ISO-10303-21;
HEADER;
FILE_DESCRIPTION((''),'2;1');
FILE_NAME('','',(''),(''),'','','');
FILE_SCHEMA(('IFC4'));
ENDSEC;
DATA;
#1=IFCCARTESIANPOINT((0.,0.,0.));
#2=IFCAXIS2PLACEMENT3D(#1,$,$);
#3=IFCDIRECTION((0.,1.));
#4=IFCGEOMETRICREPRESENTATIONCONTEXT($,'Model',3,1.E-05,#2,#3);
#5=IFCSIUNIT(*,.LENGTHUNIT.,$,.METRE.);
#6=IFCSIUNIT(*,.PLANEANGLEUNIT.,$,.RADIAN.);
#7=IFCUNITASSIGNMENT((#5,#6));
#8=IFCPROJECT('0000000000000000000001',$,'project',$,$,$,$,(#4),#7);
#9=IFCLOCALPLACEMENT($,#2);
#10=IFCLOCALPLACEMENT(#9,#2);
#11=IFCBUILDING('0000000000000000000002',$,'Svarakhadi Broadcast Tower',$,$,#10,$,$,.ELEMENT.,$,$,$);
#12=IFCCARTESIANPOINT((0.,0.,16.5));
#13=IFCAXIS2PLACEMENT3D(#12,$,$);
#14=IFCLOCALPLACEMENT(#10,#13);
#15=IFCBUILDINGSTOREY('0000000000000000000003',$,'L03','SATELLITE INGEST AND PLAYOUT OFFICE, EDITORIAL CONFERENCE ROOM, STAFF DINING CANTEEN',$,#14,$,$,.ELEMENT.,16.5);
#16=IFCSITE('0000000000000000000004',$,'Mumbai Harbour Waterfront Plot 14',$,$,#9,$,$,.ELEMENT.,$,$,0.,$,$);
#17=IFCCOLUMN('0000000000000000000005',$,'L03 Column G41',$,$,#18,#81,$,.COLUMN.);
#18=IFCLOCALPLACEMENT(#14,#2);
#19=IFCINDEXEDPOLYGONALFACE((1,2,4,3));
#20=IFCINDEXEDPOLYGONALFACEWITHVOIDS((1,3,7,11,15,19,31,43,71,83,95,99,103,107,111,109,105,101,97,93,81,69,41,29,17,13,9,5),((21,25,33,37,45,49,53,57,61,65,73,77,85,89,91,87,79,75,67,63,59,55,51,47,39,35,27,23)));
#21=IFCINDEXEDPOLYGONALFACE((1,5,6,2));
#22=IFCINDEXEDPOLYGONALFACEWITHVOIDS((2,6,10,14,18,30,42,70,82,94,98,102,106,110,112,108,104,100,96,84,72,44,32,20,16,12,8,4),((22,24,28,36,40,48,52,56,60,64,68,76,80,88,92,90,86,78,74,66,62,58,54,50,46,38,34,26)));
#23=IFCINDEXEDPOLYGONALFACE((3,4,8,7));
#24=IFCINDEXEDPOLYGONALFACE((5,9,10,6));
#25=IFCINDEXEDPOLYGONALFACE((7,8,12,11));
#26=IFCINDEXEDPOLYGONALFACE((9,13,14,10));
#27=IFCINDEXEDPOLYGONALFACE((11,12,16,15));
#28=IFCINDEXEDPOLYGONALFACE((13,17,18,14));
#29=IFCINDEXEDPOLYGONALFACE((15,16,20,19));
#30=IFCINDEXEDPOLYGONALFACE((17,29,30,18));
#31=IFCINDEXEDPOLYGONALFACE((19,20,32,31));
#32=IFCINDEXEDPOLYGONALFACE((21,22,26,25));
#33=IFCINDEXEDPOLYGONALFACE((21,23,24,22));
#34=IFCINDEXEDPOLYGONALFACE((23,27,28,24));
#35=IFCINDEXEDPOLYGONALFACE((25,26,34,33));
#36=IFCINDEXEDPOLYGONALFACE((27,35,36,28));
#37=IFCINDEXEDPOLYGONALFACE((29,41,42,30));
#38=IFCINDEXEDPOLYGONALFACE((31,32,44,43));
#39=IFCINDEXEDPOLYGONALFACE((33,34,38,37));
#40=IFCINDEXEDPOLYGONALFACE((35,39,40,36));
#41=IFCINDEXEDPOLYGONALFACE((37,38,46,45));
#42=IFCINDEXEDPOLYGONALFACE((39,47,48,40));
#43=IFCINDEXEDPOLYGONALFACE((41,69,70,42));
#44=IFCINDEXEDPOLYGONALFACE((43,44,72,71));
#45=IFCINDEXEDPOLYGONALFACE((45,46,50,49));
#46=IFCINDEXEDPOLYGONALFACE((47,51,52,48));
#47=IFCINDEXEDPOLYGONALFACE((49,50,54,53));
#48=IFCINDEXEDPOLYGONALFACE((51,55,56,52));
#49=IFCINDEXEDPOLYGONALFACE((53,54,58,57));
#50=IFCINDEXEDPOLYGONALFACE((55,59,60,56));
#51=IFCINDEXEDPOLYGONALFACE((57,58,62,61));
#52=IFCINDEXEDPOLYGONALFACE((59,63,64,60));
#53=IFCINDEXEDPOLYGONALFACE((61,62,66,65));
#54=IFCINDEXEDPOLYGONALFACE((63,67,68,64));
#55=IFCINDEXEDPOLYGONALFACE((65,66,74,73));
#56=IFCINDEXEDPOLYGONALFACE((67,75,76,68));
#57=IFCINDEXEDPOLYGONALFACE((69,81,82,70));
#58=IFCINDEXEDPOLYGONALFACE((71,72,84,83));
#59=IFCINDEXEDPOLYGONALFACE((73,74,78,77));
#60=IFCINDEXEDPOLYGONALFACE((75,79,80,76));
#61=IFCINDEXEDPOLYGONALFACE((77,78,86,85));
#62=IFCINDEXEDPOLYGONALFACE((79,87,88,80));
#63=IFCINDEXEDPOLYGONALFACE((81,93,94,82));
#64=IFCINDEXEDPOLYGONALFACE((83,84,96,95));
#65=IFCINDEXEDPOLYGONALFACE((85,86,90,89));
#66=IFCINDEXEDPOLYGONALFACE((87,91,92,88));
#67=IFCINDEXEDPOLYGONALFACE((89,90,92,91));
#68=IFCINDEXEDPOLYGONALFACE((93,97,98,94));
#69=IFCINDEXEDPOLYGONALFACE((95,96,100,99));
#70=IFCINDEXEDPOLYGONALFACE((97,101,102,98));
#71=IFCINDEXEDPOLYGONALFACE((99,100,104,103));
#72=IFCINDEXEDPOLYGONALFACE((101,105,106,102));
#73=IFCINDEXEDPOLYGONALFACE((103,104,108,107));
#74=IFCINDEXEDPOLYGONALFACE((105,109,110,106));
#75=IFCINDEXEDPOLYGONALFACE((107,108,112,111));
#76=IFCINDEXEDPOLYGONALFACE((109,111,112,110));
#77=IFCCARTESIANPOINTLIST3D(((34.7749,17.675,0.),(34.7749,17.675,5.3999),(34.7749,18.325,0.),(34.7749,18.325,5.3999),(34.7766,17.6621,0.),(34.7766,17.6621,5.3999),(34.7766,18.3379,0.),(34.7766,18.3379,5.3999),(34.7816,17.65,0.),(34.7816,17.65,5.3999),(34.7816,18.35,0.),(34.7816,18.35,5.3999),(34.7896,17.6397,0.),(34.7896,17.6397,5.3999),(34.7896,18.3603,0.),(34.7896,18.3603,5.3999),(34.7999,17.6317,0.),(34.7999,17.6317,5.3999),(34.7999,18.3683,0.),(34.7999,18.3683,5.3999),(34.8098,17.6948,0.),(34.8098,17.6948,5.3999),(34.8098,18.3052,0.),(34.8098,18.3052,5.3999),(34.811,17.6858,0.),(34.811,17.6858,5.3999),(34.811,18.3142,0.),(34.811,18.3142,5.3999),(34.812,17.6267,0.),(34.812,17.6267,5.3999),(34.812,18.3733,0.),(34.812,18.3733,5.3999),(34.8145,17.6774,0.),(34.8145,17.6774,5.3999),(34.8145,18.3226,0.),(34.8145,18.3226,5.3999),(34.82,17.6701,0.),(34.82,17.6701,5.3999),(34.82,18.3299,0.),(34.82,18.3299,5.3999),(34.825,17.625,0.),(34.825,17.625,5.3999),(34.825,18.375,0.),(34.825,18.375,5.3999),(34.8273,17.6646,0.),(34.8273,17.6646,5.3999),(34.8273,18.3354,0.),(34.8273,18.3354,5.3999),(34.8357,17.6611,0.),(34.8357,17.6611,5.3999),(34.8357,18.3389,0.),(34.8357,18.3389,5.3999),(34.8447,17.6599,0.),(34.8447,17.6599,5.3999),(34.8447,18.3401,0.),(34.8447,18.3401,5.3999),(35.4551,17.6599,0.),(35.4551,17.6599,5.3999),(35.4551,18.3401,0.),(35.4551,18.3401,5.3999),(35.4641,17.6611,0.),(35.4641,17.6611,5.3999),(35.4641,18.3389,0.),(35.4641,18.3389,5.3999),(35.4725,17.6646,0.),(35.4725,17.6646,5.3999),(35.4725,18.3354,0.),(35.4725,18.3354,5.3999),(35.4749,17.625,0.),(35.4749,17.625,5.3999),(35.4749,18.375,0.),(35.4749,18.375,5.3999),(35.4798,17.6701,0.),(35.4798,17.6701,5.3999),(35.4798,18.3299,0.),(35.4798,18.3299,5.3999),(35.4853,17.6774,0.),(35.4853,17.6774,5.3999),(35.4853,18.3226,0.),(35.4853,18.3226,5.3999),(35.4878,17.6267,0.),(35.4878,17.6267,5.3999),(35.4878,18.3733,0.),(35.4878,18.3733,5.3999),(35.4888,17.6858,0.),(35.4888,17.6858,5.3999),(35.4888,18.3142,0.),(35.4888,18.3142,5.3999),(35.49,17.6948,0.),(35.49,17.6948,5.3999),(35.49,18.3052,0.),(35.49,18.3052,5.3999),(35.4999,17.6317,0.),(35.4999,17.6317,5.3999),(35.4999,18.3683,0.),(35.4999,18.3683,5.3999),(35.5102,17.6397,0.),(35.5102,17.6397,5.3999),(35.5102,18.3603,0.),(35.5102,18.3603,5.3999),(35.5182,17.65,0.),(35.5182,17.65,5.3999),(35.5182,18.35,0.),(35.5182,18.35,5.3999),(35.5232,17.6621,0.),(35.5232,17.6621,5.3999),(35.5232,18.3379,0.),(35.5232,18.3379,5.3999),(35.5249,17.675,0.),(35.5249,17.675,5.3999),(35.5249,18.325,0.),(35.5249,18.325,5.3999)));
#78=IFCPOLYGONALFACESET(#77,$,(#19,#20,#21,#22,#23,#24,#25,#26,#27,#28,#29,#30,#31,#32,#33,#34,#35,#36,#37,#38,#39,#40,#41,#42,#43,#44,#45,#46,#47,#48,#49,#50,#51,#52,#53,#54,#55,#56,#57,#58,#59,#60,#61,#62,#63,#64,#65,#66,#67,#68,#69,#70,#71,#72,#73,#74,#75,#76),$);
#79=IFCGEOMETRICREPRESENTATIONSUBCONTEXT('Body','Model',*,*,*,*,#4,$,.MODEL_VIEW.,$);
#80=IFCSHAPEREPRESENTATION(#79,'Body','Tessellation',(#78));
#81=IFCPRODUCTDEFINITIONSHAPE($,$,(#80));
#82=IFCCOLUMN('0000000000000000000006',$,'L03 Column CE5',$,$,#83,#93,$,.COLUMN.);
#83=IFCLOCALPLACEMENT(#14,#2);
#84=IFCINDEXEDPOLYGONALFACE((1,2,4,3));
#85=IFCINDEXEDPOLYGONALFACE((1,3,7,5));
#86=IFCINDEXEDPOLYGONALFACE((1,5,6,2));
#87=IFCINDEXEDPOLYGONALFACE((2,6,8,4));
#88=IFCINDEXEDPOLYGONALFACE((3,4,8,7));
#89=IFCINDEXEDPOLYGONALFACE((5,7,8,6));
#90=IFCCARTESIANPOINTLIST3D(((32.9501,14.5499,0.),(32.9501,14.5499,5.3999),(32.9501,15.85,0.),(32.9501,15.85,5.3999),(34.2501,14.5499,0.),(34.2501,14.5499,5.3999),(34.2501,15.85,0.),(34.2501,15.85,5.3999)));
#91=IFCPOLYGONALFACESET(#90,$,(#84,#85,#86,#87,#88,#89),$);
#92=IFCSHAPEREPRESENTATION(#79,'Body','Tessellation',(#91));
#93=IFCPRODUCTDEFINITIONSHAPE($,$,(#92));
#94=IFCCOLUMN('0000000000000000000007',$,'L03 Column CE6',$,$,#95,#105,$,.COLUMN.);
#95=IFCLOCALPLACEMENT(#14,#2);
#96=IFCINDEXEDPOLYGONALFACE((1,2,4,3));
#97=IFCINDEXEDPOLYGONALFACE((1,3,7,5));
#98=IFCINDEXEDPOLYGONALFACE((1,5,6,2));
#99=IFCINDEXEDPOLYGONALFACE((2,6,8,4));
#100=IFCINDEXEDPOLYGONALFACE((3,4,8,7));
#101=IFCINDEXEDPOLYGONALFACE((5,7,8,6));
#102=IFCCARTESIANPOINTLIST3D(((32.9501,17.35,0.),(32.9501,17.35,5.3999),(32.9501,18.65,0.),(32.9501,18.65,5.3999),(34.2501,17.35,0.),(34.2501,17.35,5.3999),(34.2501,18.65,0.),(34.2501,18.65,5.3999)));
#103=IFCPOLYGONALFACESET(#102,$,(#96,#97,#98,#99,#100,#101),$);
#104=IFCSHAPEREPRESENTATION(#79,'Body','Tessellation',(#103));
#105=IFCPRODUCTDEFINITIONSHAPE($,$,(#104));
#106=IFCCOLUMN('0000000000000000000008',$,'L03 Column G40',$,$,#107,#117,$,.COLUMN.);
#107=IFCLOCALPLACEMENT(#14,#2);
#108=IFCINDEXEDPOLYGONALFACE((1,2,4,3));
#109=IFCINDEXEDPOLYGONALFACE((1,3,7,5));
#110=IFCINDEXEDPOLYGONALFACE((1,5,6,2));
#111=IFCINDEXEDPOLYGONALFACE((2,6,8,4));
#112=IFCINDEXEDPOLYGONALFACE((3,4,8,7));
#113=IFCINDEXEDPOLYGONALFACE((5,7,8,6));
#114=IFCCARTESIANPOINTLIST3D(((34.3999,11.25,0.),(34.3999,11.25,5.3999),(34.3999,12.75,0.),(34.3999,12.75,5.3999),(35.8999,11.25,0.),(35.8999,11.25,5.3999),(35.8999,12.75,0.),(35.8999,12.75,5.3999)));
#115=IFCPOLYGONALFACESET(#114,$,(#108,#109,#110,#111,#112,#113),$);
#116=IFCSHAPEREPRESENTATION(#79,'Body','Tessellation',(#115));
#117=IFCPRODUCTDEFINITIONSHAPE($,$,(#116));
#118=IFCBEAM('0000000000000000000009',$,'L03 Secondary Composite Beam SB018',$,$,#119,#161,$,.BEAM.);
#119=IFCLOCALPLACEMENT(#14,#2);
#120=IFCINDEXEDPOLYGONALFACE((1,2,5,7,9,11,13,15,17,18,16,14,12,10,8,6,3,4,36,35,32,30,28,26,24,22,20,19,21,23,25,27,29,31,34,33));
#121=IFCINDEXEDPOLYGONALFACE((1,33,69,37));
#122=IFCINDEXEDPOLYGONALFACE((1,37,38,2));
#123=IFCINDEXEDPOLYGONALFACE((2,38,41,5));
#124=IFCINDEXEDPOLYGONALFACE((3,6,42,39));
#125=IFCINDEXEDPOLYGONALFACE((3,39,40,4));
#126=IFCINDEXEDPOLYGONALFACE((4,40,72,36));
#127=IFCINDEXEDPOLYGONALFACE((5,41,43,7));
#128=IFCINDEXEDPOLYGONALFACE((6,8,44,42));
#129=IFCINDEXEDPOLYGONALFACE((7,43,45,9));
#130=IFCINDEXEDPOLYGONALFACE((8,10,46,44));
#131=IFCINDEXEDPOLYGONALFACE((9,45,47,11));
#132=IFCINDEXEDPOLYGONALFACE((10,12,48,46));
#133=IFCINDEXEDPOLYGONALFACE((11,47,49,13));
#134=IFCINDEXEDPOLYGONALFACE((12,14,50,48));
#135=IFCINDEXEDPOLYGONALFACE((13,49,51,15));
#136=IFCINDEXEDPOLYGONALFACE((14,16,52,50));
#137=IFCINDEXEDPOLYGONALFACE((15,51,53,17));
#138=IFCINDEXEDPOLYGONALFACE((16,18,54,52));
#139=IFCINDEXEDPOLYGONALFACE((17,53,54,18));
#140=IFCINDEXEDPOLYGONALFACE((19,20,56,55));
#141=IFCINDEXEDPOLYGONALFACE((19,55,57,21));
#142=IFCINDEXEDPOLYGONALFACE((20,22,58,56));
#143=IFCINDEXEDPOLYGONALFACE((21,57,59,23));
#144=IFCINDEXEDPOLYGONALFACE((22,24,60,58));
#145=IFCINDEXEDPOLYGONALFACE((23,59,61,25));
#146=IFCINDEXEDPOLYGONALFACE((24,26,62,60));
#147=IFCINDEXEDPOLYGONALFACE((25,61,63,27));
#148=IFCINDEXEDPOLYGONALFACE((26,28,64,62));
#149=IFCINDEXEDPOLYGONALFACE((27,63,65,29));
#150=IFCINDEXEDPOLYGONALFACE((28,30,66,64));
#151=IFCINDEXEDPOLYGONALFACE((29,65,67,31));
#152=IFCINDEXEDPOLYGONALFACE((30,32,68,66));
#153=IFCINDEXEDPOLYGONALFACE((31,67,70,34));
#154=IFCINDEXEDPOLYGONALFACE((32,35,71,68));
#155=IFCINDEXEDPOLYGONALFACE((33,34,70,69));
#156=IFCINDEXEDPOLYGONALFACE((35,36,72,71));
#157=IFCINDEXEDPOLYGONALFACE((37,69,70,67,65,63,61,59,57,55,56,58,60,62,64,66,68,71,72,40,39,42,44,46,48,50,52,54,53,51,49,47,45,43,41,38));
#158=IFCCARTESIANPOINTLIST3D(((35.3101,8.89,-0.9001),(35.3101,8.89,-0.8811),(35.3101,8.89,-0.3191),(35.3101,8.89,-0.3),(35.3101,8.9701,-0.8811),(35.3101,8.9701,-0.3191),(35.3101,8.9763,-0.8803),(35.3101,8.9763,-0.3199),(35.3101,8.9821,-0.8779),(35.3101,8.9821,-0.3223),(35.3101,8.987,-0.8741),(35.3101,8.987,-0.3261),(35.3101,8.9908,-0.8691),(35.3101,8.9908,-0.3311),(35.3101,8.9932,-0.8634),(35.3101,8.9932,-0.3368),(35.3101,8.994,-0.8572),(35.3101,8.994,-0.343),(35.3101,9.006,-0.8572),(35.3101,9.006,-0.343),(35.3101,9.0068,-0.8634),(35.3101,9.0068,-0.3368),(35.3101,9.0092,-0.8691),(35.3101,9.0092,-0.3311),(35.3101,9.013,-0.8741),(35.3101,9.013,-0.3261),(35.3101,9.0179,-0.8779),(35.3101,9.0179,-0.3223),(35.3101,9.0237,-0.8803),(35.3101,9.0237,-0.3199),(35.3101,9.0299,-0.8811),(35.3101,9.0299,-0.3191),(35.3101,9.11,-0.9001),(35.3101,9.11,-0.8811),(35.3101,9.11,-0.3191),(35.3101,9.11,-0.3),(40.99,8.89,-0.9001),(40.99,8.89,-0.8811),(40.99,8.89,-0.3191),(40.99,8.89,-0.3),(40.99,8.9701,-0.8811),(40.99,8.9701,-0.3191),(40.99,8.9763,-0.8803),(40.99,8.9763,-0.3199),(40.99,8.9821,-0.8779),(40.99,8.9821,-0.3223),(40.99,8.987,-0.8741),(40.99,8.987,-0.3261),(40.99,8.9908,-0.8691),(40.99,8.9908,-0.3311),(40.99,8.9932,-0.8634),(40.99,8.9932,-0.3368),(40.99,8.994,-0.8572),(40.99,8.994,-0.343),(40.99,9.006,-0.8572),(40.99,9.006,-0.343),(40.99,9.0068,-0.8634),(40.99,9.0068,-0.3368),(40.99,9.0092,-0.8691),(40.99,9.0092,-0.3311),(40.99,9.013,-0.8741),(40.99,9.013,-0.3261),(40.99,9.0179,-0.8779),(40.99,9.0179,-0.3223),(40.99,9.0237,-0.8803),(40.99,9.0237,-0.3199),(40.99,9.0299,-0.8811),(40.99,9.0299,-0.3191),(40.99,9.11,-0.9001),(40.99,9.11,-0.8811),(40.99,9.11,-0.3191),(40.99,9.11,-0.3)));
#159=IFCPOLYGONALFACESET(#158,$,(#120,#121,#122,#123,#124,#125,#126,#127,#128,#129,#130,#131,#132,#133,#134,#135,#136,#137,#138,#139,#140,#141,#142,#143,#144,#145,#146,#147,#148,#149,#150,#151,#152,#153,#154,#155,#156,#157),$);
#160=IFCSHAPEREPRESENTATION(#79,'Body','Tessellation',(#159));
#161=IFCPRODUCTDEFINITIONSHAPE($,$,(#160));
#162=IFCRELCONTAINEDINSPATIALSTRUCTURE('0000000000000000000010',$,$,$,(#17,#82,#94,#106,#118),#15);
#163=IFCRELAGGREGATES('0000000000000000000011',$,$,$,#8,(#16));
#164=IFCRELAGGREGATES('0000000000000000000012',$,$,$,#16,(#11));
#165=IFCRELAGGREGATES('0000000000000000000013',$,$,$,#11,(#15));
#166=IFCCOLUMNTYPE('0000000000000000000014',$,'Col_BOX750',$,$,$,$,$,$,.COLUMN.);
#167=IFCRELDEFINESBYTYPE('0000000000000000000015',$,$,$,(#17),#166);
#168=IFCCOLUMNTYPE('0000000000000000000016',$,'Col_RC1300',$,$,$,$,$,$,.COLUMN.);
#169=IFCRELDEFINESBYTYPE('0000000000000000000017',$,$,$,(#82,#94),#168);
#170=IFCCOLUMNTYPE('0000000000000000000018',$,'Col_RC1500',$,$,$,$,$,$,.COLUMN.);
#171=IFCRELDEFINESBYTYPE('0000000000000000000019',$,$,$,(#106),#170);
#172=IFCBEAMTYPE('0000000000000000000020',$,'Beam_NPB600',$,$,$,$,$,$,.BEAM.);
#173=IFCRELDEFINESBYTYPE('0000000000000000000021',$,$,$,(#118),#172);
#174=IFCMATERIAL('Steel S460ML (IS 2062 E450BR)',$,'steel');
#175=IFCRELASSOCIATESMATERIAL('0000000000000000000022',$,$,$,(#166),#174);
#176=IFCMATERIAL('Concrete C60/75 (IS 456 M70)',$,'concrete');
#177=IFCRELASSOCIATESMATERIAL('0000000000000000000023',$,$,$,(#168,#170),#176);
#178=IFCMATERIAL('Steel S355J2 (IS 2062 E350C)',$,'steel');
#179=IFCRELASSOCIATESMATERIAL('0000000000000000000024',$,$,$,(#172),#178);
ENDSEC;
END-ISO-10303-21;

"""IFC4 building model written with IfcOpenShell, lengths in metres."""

from ifc_helpers import new_model, si_unit, direction, frame, origin, origin_2d, place, context, subcontext, project, spatial, rectangle, hollow_rectangle, i_section, extrude, material, material_profile, profile_set, type_object, element, save


model = new_model("IFC4")

# Units and contexts
model_context = context("Model", 3, precision=1e-05, world=origin(), true_north=direction((0.0, 1.0)))
body_context = subcontext(model_context, "Body", "Model", "MODEL_VIEW")
ifc_project = project(units=[si_unit("LENGTHUNIT", "METRE"), si_unit("PLANEANGLEUNIT", "RADIAN")], contexts=[model_context])

# Site, building, storey
site_placement = place(None, origin())
site = spatial("IfcSite", under=ifc_project, at=site_placement, Name="Mumbai Harbour Waterfront Plot 14", CompositionType="ELEMENT", RefElevation=0.0)
building_placement = place(site_placement, origin())
building = spatial("IfcBuilding", under=site, at=building_placement, Name="Svarakhadi Broadcast Tower", CompositionType="ELEMENT")
storey_placement = place(building_placement, frame((0.0, 0.0, 16.5)))
storey = spatial("IfcBuildingStorey", under=building, at=storey_placement, Name="L03", Description="SATELLITE INGEST AND PLAYOUT OFFICE, EDITORIAL CONFERENCE ROOM, STAFF DINING CANTEEN", CompositionType="ELEMENT", Elevation=16.5)

# Columns
ifc_material_1 = material(Name="Steel S460ML (IS 2062 E450BR)", Category="steel")
ifc_material_profile_1 = material_profile(ifc_material_1, hollow_rectangle(XDim=0.75, YDim=0.75, WallThickness=0.0349, InnerFilletRadius=0.0349, OuterFilletRadius=0.05, at=origin_2d()), Name="BOX 750x750x35")
ifc_profile_set_1 = profile_set([ifc_material_profile_1], Name="Steel S460ML (IS 2062 E450BR)")
column_type_1 = type_object("IfcColumnType", Name="Col_BOX750", PredefinedType="COLUMN", material=ifc_profile_set_1)
column_1_placement = place(storey_placement, frame((35.1499, 18.0, 0.0), z_axis=(0.0, 0.0, 1.0), x_axis=(1.0, 0.0, 0.0)))
element("IfcColumn", 1, at=column_1_placement, inside=storey, type_object=column_type_1, Name="L03 Column G41", PredefinedType="COLUMN", context=body_context, shape_type="SweptSolid", body=[
    extrude(hollow_rectangle(XDim=0.75, YDim=0.75, WallThickness=0.0349, InnerFilletRadius=0.0349, OuterFilletRadius=0.05, at=origin_2d()), origin(), (0.0, 0.0, 1.0), 5.3999),
])
ifc_material_2 = material(Name="Concrete C60/75 (IS 456 M70)", Category="concrete")
ifc_material_profile_2 = material_profile(ifc_material_2, rectangle(XDim=1.3, YDim=1.3, at=origin_2d()), Name="RC 1300x1300")
ifc_profile_set_2 = profile_set([ifc_material_profile_2], Name="Concrete C60/75 (IS 456 M70)")
column_type_2 = type_object("IfcColumnType", Name="Col_RC1300", PredefinedType="COLUMN", material=ifc_profile_set_2)
for number, where, z_axis, x_axis, name in (
    (2, (33.6001, 15.2, 0.0), (0.0, 0.0, 1.0), (1.0, 0.0, 0.0), "L03 Column CE5"),
    (3, (33.6001, 18.0, 0.0), (0.0, 0.0, 1.0), (1.0, 0.0, 0.0), "L03 Column CE6"),
):
    element("IfcColumn", number, at=place(storey_placement, frame(where, z_axis=z_axis, x_axis=x_axis)), inside=storey, type_object=column_type_2, Name=name, PredefinedType="COLUMN", context=body_context, shape_type="SweptSolid", body=[
        extrude(rectangle(XDim=1.3, YDim=1.3, at=origin_2d()), origin(), (0.0, 0.0, 1.0), 5.3999),
    ])
ifc_material_profile_3 = material_profile(ifc_material_2, rectangle(XDim=1.5, YDim=1.5, at=origin_2d()), Name="RC 1500x1500")
ifc_profile_set_3 = profile_set([ifc_material_profile_3], Name="Concrete C60/75 (IS 456 M70)")
column_type_3 = type_object("IfcColumnType", Name="Col_RC1500", PredefinedType="COLUMN", material=ifc_profile_set_3)
column_2_placement = place(storey_placement, frame((35.1499, 12.0, 0.0), z_axis=(0.0, 0.0, 1.0), x_axis=(1.0, 0.0, 0.0)))
element("IfcColumn", 4, at=column_2_placement, inside=storey, type_object=column_type_3, Name="L03 Column G40", PredefinedType="COLUMN", context=body_context, shape_type="SweptSolid", body=[
    extrude(rectangle(XDim=1.5, YDim=1.5, at=origin_2d()), origin(), (0.0, 0.0, 1.0), 5.3999),
])

# Beam
ifc_material_3 = material(Name="Steel S355J2 (IS 2062 E350C)", Category="steel")
ifc_material_profile_4 = material_profile(ifc_material_3, i_section(OverallWidth=0.22, OverallDepth=0.6001, WebThickness=0.012, FlangeThickness=0.019, FilletRadius=0.0239, at=origin_2d()), Name="NPB 600x220x122")
ifc_profile_set_4 = profile_set([ifc_material_profile_4], Name="Steel S355J2 (IS 2062 E350C)")
beam_type_1 = type_object("IfcBeamType", Name="Beam_NPB600", PredefinedType="BEAM", material=ifc_profile_set_4)
for number, where, z_axis, x_axis, name in (
    (5, (35.3101, 9.0, -0.6001), (1.0, 0.0, 0.0), (0.0, 1.0, 0.0), "L03 Secondary Composite Beam SB018"),
):
    element("IfcBeam", number, at=place(storey_placement, frame(where, z_axis=z_axis, x_axis=x_axis)), inside=storey, type_object=beam_type_1, Name=name, PredefinedType="BEAM", context=body_context, shape_type="SweptSolid", body=[
        extrude(i_section(OverallWidth=0.22, OverallDepth=0.6001, WebThickness=0.012, FlangeThickness=0.019, FilletRadius=0.0239, at=origin_2d()), origin(), (0.0, 0.0, 1.0), 5.6799),
    ])

save(model, "model.ifc")
